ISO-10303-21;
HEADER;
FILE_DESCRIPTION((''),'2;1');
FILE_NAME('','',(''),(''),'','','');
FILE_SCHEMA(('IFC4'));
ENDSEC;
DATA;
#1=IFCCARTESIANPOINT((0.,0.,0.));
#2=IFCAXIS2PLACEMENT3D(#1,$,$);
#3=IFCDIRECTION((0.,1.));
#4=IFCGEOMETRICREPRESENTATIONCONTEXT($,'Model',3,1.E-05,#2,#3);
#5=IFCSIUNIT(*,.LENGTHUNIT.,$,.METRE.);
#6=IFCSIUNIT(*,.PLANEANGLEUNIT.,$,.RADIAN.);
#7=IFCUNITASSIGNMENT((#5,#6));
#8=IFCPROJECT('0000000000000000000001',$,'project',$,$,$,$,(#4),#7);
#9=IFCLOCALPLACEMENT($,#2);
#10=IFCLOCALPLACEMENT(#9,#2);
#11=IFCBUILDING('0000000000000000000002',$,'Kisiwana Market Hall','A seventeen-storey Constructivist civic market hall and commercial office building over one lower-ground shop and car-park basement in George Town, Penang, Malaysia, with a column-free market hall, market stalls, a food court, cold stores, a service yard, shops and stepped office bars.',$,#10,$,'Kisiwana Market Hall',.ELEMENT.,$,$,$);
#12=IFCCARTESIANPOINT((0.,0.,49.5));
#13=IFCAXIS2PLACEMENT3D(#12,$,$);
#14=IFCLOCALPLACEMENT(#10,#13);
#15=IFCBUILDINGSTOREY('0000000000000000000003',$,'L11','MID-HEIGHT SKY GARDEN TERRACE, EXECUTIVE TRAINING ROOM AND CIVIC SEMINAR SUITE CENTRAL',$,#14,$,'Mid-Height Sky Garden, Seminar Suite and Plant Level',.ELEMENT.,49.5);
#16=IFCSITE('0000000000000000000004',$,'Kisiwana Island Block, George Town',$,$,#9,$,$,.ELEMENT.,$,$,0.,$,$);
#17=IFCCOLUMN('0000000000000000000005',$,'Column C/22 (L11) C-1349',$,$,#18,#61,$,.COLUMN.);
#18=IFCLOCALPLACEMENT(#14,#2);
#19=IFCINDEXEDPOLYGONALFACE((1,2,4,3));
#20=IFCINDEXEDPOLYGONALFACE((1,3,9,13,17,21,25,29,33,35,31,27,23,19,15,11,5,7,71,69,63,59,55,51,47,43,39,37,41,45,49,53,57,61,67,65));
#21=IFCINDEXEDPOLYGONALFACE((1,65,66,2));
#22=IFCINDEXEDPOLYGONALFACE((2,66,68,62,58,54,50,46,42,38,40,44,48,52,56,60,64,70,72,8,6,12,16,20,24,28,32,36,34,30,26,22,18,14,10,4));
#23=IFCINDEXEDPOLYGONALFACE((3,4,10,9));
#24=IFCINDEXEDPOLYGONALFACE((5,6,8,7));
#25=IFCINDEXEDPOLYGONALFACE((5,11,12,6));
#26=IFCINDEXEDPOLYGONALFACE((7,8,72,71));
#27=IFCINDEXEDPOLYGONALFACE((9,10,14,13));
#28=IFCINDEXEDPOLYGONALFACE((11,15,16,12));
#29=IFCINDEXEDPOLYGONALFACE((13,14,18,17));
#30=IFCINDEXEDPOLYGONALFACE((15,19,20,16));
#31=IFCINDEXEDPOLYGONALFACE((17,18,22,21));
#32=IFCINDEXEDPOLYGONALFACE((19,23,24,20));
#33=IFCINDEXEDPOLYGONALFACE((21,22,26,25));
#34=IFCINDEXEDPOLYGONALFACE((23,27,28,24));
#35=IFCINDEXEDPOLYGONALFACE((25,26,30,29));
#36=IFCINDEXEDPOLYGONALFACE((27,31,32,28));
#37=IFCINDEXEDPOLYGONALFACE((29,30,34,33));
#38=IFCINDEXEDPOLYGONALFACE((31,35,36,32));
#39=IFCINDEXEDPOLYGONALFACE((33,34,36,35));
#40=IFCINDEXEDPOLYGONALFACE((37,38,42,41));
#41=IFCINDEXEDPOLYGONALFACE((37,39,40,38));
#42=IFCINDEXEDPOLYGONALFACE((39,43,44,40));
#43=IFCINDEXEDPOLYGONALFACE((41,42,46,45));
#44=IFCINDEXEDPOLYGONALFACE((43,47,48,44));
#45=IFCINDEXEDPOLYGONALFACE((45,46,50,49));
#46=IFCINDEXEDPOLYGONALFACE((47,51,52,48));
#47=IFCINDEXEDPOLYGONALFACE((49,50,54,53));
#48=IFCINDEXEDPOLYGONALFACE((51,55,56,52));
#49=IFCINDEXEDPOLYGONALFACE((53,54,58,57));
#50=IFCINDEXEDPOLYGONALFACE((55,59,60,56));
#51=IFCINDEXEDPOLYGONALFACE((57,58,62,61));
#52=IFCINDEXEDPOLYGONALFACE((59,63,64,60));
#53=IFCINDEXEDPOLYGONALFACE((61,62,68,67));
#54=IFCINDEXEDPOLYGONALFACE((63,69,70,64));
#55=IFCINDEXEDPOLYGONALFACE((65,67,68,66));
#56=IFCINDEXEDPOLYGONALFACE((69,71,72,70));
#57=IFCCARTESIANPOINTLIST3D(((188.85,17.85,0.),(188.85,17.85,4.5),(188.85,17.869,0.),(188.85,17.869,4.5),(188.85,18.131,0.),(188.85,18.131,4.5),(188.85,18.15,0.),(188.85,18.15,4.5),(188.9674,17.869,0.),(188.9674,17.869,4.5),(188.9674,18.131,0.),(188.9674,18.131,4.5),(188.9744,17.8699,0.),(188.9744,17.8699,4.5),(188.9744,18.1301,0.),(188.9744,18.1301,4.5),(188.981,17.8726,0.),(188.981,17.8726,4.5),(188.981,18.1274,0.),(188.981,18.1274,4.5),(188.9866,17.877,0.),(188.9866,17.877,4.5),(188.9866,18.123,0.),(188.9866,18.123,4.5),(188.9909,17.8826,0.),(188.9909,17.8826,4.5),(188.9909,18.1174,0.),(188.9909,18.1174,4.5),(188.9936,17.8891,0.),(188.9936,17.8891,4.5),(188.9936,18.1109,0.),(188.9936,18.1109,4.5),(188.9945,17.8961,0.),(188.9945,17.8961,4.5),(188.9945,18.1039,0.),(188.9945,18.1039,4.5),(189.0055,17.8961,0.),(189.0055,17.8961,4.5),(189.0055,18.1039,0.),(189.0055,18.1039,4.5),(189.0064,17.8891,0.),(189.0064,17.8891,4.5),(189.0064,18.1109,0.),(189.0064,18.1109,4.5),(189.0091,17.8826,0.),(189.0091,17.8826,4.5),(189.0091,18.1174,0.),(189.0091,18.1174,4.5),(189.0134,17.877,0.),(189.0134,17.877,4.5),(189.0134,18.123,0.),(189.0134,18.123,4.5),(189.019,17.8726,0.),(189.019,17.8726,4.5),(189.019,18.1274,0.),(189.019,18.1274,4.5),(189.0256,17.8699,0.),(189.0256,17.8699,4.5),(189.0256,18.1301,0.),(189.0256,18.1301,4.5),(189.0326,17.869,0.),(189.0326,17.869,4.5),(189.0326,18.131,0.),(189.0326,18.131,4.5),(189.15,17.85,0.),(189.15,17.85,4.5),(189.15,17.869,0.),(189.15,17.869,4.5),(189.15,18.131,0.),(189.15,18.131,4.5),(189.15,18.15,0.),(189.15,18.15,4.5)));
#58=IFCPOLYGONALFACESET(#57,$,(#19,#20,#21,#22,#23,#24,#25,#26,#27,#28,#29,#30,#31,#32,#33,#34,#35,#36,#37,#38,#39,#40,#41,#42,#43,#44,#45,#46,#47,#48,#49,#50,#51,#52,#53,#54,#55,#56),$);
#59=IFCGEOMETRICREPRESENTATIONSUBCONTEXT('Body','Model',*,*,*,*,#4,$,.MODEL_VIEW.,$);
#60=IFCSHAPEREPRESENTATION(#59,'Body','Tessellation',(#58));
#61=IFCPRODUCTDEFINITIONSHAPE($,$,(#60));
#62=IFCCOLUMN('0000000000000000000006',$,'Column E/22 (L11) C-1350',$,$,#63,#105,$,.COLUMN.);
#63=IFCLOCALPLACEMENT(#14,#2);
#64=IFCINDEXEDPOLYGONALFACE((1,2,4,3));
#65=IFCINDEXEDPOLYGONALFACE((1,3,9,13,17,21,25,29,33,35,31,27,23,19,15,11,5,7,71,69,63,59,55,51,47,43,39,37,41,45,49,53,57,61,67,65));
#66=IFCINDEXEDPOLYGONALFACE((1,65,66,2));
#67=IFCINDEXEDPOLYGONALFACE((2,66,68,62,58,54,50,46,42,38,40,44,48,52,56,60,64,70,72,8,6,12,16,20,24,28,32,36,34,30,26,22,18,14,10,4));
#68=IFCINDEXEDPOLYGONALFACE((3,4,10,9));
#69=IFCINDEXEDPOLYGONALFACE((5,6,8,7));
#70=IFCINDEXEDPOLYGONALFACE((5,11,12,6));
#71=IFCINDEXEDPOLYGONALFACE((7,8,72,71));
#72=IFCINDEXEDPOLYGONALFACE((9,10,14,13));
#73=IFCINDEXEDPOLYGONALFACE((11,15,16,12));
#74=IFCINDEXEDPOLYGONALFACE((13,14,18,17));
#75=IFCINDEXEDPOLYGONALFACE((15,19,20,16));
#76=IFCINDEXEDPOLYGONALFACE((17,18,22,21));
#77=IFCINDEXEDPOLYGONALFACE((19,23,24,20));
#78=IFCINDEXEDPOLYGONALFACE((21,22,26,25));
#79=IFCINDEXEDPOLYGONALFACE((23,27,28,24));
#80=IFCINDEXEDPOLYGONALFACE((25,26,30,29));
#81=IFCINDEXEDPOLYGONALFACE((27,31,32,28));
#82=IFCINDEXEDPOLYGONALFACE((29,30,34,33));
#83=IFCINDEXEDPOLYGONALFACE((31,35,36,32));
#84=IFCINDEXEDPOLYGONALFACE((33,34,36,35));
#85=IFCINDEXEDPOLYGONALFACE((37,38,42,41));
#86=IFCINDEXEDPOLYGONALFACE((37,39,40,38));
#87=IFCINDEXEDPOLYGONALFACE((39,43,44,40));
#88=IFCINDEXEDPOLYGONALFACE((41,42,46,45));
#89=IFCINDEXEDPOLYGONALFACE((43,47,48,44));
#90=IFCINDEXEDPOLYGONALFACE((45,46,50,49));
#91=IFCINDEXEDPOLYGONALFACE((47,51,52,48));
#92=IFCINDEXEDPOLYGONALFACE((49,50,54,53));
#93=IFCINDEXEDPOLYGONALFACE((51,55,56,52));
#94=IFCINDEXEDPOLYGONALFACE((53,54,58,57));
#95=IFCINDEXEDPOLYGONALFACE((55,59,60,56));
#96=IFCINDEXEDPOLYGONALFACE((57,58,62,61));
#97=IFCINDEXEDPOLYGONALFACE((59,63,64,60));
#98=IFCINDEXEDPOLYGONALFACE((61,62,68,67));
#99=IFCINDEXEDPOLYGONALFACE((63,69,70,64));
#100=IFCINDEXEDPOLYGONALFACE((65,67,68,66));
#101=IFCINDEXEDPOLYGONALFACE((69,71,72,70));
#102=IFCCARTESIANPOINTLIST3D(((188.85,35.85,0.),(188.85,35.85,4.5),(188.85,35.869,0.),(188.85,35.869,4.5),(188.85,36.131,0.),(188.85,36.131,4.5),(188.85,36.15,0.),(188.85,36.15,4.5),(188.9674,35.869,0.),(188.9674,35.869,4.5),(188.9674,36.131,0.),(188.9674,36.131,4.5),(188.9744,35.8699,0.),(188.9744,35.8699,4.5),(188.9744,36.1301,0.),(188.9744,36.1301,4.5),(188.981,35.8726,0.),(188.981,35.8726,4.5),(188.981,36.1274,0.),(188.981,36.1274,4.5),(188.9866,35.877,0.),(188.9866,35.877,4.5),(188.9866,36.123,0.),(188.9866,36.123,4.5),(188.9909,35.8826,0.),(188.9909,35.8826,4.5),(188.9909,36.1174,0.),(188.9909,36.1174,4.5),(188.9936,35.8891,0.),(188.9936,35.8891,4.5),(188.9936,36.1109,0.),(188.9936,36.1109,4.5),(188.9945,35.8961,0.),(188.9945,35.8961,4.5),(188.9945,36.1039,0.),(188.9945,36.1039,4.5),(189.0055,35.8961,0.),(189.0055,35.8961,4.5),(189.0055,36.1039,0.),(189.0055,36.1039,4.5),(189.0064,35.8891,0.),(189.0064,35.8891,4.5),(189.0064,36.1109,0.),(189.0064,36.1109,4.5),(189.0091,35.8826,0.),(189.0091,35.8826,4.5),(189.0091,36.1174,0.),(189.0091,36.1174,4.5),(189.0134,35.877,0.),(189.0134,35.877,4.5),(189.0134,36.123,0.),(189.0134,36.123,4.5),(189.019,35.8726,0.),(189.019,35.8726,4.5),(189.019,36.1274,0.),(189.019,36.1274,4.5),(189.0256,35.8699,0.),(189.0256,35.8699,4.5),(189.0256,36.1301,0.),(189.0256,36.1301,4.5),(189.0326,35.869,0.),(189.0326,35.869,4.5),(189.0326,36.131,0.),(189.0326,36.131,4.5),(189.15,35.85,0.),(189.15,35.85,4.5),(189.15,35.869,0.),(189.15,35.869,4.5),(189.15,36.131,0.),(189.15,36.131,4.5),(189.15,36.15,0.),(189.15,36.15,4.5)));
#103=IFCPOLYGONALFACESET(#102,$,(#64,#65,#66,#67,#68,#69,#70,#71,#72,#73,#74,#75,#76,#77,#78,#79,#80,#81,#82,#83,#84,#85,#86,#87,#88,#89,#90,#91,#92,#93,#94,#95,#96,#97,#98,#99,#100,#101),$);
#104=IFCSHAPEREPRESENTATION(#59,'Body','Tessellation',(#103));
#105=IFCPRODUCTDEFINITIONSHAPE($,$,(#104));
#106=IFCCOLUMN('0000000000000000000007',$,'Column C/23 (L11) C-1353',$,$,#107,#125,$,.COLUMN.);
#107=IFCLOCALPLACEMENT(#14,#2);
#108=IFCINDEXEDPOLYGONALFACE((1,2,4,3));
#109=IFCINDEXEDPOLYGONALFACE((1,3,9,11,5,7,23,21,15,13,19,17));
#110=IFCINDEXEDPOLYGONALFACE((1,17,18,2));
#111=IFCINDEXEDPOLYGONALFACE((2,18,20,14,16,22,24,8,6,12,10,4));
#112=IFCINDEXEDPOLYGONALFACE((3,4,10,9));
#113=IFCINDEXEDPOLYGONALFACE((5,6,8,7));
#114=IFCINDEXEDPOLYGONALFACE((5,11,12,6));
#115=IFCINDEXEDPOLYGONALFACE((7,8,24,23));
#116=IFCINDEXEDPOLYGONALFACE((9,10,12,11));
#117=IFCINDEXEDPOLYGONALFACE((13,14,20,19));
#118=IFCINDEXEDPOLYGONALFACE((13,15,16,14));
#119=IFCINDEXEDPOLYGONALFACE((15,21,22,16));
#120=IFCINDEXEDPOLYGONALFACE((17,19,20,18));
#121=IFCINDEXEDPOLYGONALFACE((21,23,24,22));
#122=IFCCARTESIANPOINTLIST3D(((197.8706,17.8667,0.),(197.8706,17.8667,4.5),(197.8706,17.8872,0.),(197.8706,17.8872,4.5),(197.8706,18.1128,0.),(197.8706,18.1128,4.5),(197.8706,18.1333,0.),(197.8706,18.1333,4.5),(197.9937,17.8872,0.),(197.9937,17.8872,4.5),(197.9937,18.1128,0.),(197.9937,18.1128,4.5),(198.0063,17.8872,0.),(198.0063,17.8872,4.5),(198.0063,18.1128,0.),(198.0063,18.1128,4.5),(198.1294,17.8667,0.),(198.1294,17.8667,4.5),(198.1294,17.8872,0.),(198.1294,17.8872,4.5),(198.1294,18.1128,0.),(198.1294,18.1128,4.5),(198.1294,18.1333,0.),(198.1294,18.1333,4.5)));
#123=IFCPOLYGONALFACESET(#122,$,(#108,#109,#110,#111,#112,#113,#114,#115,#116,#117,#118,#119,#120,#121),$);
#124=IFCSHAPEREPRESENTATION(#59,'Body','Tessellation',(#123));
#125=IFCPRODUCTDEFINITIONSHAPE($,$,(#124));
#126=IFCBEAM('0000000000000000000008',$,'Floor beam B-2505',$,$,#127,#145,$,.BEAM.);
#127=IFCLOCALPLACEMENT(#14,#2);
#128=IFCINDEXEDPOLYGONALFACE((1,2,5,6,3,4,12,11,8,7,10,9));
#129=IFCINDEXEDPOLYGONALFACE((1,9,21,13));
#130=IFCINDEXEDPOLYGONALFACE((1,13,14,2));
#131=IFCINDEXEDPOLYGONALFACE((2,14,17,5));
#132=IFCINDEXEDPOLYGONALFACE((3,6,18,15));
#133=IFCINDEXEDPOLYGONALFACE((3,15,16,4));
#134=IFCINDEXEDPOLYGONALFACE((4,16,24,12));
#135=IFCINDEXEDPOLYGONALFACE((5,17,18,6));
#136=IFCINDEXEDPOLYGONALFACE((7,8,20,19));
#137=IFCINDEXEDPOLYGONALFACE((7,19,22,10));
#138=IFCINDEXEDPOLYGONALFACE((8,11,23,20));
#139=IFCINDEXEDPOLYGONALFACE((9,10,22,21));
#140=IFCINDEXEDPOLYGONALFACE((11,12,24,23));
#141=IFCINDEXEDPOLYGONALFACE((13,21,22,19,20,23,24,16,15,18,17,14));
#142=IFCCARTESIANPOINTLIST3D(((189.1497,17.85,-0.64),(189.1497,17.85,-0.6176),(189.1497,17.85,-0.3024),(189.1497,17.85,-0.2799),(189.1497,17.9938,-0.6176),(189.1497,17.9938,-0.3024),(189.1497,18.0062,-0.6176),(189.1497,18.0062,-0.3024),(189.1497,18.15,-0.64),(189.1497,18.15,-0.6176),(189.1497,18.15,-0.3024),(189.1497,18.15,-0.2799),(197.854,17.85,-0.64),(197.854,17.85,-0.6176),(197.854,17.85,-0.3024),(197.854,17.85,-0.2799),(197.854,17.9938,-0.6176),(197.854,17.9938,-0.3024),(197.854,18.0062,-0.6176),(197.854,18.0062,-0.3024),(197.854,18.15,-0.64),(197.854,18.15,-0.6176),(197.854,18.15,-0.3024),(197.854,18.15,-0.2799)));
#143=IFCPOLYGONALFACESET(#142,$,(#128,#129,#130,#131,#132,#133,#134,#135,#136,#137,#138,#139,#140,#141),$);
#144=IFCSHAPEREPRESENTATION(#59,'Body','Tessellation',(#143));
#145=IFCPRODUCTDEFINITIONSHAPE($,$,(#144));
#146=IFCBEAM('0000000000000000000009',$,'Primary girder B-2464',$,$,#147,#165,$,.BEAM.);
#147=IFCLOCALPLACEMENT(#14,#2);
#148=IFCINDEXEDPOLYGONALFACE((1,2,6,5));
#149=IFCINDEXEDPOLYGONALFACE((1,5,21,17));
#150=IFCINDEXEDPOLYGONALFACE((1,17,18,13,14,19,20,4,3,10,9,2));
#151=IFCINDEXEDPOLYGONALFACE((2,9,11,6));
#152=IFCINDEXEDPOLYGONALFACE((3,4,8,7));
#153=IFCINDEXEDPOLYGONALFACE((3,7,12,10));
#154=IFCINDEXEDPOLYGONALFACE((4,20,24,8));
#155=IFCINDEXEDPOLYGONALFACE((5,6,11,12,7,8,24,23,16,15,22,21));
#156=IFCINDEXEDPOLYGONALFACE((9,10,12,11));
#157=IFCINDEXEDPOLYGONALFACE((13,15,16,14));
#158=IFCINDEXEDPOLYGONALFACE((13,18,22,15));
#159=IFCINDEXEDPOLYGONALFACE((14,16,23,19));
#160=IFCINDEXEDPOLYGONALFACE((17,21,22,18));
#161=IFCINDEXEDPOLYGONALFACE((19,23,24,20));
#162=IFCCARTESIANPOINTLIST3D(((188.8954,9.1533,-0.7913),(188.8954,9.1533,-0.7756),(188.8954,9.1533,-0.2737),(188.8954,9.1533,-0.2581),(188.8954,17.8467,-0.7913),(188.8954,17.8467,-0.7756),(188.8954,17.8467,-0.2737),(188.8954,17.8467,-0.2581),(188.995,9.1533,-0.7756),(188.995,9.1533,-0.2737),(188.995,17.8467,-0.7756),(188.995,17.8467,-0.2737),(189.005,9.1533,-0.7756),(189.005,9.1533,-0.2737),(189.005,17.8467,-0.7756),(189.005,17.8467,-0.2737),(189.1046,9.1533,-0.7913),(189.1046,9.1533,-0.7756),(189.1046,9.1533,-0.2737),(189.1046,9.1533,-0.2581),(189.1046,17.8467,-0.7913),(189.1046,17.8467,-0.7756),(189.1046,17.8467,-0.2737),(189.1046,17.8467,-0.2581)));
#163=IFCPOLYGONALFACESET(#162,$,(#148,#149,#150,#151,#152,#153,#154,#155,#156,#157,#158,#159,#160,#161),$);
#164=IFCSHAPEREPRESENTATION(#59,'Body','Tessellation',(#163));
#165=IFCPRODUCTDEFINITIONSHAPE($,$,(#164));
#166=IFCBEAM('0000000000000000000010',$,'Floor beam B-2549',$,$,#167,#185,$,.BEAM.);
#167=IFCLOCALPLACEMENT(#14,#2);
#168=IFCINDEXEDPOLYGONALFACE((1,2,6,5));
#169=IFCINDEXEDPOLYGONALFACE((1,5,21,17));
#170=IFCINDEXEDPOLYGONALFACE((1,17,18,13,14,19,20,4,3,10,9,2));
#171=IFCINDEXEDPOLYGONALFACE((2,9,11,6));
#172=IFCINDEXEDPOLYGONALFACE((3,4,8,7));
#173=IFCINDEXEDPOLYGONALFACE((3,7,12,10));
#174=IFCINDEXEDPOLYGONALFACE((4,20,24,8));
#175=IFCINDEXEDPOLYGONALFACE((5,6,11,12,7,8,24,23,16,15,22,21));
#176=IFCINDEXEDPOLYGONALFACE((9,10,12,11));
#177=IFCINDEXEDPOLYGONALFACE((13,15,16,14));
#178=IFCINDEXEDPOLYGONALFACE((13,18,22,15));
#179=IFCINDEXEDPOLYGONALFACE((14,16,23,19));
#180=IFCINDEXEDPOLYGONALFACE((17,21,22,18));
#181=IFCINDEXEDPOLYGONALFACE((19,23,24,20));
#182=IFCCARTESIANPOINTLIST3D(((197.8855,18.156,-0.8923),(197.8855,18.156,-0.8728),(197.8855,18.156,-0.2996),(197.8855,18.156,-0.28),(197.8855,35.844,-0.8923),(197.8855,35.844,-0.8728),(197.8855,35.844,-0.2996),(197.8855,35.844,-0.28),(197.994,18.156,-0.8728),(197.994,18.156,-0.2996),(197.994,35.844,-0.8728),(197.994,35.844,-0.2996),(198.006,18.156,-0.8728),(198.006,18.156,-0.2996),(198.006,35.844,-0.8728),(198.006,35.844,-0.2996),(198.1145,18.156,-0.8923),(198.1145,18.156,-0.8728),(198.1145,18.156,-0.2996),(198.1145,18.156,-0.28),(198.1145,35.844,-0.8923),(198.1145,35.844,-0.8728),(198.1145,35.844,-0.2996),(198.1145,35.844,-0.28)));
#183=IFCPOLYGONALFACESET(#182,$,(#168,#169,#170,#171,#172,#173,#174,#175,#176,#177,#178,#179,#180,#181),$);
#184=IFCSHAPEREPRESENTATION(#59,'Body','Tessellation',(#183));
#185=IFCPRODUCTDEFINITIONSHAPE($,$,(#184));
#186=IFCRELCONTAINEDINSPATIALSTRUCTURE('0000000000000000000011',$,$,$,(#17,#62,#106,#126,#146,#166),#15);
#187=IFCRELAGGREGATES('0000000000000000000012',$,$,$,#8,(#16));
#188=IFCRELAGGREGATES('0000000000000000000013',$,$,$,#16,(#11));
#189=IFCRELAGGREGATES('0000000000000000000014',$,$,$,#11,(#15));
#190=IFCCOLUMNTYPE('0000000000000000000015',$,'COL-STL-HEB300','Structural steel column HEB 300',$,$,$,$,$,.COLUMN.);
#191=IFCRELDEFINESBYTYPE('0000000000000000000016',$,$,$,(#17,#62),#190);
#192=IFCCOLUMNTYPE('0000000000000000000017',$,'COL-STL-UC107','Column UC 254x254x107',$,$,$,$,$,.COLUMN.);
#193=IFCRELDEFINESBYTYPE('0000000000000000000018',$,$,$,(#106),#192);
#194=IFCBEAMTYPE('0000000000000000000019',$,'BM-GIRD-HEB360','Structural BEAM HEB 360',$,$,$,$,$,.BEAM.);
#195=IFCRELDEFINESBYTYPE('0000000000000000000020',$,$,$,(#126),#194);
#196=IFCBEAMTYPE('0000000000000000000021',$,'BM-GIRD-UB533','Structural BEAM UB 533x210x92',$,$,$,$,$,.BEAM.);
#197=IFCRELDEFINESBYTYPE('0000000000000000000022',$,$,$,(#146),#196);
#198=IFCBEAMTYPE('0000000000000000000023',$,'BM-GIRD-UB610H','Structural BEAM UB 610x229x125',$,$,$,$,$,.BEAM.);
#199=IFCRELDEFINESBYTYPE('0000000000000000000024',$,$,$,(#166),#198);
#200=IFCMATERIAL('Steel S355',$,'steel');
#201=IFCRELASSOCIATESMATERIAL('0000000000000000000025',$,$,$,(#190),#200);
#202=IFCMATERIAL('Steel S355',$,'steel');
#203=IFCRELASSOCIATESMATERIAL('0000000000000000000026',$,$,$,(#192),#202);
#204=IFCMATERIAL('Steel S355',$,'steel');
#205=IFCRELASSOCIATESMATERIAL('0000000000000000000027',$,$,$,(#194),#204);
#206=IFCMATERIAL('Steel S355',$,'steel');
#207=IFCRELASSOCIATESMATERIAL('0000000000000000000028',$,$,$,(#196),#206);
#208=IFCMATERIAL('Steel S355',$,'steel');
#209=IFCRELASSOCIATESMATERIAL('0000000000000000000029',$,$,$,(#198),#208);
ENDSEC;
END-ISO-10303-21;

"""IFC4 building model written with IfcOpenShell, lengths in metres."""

from ifc_helpers import new_model, si_unit, direction, frame, origin, origin_2d, place, context, subcontext, project, spatial, i_section, extrude, material, material_profile, profile_set, type_object, element, save


model = new_model("IFC4")

# Units and contexts
model_context = context("Model", 3, precision=1e-05, world=origin(), true_north=direction((0.0, 1.0)))
body_context = subcontext(model_context, "Body", "Model", "MODEL_VIEW")
ifc_project = project(units=[si_unit("LENGTHUNIT", "METRE"), si_unit("PLANEANGLEUNIT", "RADIAN")], contexts=[model_context])

# Site, building, storey
site_placement = place(None, origin())
site = spatial("IfcSite", under=ifc_project, at=site_placement, Name="Kisiwana Island Block, George Town", CompositionType="ELEMENT", RefElevation=0.0)
building_placement = place(site_placement, origin())
building = spatial("IfcBuilding", under=site, at=building_placement, Name="Kisiwana Market Hall", Description="A seventeen-storey Constructivist civic market hall and commercial office building over one lower-ground shop and car-park basement in George Town, Penang, Malaysia, with a column-free market hall, market stalls, a food court, cold stores, a service yard, shops and stepped office bars.", LongName="Kisiwana Market Hall", CompositionType="ELEMENT")
storey_placement = place(building_placement, frame((0.0, 0.0, 49.5)))
storey = spatial("IfcBuildingStorey", under=building, at=storey_placement, Name="L11", Description="MID-HEIGHT SKY GARDEN TERRACE, EXECUTIVE TRAINING ROOM AND CIVIC SEMINAR SUITE CENTRAL", LongName="Mid-Height Sky Garden, Seminar Suite and Plant Level", CompositionType="ELEMENT", Elevation=49.5)

# Columns
ifc_material_1 = material(Name="Steel S355", Category="steel")
ifc_material_profile_1 = material_profile(ifc_material_1, i_section(OverallWidth=0.3, OverallDepth=0.3, WebThickness=0.011, FlangeThickness=0.019, FilletRadius=0.0271, at=origin_2d()), Name="HEB 300")
ifc_profile_set_1 = profile_set([ifc_material_profile_1], Name="Steel S355")
column_type_1 = type_object("IfcColumnType", Name="COL-STL-HEB300", Description="Structural steel column HEB 300", PredefinedType="COLUMN", material=ifc_profile_set_1)
for number, where, z_axis, x_axis, name in (
    (1, (189.0, 18.0, 0.0), (0.0, 0.0, 1.0), (1.0, 0.0, 0.0), "Column C/22 (L11) C-1349"),
    (2, (189.0, 36.0, 0.0), (0.0, 0.0, 1.0), (1.0, 0.0, 0.0), "Column E/22 (L11) C-1350"),
):
    element("IfcColumn", number, at=place(storey_placement, frame(where, z_axis=z_axis, x_axis=x_axis)), inside=storey, type_object=column_type_1, Name=name, PredefinedType="COLUMN", context=body_context, shape_type="SweptSolid", body=[
        extrude(i_section(OverallWidth=0.3, OverallDepth=0.3, WebThickness=0.011, FlangeThickness=0.019, FilletRadius=0.0271, at=origin_2d()), origin(), (0.0, 0.0, 1.0), 4.5),
    ])
ifc_material_2 = material(Name="Steel S355", Category="steel")
ifc_material_profile_2 = material_profile(ifc_material_2, i_section(OverallWidth=0.2588, OverallDepth=0.2666, WebThickness=0.0127, FlangeThickness=0.0205, at=origin_2d()), Name="UC 254x254x107")
ifc_profile_set_2 = profile_set([ifc_material_profile_2], Name="Steel S355")
column_type_2 = type_object("IfcColumnType", Name="COL-STL-UC107", Description="Column UC 254x254x107", PredefinedType="COLUMN", material=ifc_profile_set_2)
column_placement = place(storey_placement, frame((198.0, 18.0, 0.0), z_axis=(0.0, 0.0, 1.0), x_axis=(1.0, 0.0, 0.0)))
element("IfcColumn", 3, at=column_placement, inside=storey, type_object=column_type_2, Name="Column C/23 (L11) C-1353", PredefinedType="COLUMN", context=body_context, shape_type="SweptSolid", body=[
    extrude(i_section(OverallWidth=0.2588, OverallDepth=0.2666, WebThickness=0.0127, FlangeThickness=0.0205, at=origin_2d()), origin(), (0.0, 0.0, 1.0), 4.5),
])

# Beams
ifc_material_3 = material(Name="Steel S355", Category="steel")
ifc_material_profile_3 = material_profile(ifc_material_3, i_section(OverallWidth=0.3, OverallDepth=0.3601, WebThickness=0.0125, FlangeThickness=0.0225, at=origin_2d()), Name="HEB 360")
ifc_profile_set_3 = profile_set([ifc_material_profile_3], Name="Steel S355")
beam_type_1 = type_object("IfcBeamType", Name="BM-GIRD-HEB360", Description="Structural BEAM HEB 360", PredefinedType="BEAM", material=ifc_profile_set_3)
beam_1_placement = place(storey_placement, frame((189.1497, 18.0, -0.46), z_axis=(1.0, 0.0, 0.0), x_axis=(0.0, 1.0, 0.0)))
element("IfcBeam", 4, at=beam_1_placement, inside=storey, type_object=beam_type_1, Name="Floor beam B-2505", PredefinedType="BEAM", context=body_context, shape_type="SweptSolid", body=[
    extrude(i_section(OverallWidth=0.3, OverallDepth=0.3601, WebThickness=0.0125, FlangeThickness=0.0225, at=origin_2d()), origin(), (0.0, 0.0, 1.0), 8.7043),
])
ifc_material_4 = material(Name="Steel S355", Category="steel")
ifc_material_profile_4 = material_profile(ifc_material_4, i_section(OverallWidth=0.2092, OverallDepth=0.5332, WebThickness=0.01, FlangeThickness=0.0156, at=origin_2d()), Name="UB 533x210x92")
ifc_profile_set_4 = profile_set([ifc_material_profile_4], Name="Steel S355")
beam_type_2 = type_object("IfcBeamType", Name="BM-GIRD-UB533", Description="Structural BEAM UB 533x210x92", PredefinedType="BEAM", material=ifc_profile_set_4)
beam_2_placement = place(storey_placement, frame((189.0, 9.1533, -0.5247), z_axis=(0.0, 1.0, 0.0), x_axis=(-1.0, 0.0, 0.0)))
element("IfcBeam", 5, at=beam_2_placement, inside=storey, type_object=beam_type_2, Name="Primary girder B-2464", PredefinedType="BEAM", context=body_context, shape_type="SweptSolid", body=[
    extrude(i_section(OverallWidth=0.2092, OverallDepth=0.5332, WebThickness=0.01, FlangeThickness=0.0156, at=origin_2d()), origin(), (0.0, 0.0, 1.0), 8.6934),
])
ifc_material_5 = material(Name="Steel S355", Category="steel")
ifc_material_profile_5 = material_profile(ifc_material_5, i_section(OverallWidth=0.229, OverallDepth=0.6123, WebThickness=0.012, FlangeThickness=0.0195, at=origin_2d()), Name="UB 610x229x125")
ifc_profile_set_5 = profile_set([ifc_material_profile_5], Name="Steel S355")
beam_type_3 = type_object("IfcBeamType", Name="BM-GIRD-UB610H", Description="Structural BEAM UB 610x229x125", PredefinedType="BEAM", material=ifc_profile_set_5)
beam_3_placement = place(storey_placement, frame((198.0, 18.156, -0.5862), z_axis=(0.0, 1.0, 0.0), x_axis=(-1.0, 0.0, 0.0)))
element("IfcBeam", 6, at=beam_3_placement, inside=storey, type_object=beam_type_3, Name="Floor beam B-2549", PredefinedType="BEAM", context=body_context, shape_type="SweptSolid", body=[
    extrude(i_section(OverallWidth=0.229, OverallDepth=0.6123, WebThickness=0.012, FlangeThickness=0.0195, at=origin_2d()), origin(), (0.0, 0.0, 1.0), 17.688),
])

save(model, "model.ifc")
